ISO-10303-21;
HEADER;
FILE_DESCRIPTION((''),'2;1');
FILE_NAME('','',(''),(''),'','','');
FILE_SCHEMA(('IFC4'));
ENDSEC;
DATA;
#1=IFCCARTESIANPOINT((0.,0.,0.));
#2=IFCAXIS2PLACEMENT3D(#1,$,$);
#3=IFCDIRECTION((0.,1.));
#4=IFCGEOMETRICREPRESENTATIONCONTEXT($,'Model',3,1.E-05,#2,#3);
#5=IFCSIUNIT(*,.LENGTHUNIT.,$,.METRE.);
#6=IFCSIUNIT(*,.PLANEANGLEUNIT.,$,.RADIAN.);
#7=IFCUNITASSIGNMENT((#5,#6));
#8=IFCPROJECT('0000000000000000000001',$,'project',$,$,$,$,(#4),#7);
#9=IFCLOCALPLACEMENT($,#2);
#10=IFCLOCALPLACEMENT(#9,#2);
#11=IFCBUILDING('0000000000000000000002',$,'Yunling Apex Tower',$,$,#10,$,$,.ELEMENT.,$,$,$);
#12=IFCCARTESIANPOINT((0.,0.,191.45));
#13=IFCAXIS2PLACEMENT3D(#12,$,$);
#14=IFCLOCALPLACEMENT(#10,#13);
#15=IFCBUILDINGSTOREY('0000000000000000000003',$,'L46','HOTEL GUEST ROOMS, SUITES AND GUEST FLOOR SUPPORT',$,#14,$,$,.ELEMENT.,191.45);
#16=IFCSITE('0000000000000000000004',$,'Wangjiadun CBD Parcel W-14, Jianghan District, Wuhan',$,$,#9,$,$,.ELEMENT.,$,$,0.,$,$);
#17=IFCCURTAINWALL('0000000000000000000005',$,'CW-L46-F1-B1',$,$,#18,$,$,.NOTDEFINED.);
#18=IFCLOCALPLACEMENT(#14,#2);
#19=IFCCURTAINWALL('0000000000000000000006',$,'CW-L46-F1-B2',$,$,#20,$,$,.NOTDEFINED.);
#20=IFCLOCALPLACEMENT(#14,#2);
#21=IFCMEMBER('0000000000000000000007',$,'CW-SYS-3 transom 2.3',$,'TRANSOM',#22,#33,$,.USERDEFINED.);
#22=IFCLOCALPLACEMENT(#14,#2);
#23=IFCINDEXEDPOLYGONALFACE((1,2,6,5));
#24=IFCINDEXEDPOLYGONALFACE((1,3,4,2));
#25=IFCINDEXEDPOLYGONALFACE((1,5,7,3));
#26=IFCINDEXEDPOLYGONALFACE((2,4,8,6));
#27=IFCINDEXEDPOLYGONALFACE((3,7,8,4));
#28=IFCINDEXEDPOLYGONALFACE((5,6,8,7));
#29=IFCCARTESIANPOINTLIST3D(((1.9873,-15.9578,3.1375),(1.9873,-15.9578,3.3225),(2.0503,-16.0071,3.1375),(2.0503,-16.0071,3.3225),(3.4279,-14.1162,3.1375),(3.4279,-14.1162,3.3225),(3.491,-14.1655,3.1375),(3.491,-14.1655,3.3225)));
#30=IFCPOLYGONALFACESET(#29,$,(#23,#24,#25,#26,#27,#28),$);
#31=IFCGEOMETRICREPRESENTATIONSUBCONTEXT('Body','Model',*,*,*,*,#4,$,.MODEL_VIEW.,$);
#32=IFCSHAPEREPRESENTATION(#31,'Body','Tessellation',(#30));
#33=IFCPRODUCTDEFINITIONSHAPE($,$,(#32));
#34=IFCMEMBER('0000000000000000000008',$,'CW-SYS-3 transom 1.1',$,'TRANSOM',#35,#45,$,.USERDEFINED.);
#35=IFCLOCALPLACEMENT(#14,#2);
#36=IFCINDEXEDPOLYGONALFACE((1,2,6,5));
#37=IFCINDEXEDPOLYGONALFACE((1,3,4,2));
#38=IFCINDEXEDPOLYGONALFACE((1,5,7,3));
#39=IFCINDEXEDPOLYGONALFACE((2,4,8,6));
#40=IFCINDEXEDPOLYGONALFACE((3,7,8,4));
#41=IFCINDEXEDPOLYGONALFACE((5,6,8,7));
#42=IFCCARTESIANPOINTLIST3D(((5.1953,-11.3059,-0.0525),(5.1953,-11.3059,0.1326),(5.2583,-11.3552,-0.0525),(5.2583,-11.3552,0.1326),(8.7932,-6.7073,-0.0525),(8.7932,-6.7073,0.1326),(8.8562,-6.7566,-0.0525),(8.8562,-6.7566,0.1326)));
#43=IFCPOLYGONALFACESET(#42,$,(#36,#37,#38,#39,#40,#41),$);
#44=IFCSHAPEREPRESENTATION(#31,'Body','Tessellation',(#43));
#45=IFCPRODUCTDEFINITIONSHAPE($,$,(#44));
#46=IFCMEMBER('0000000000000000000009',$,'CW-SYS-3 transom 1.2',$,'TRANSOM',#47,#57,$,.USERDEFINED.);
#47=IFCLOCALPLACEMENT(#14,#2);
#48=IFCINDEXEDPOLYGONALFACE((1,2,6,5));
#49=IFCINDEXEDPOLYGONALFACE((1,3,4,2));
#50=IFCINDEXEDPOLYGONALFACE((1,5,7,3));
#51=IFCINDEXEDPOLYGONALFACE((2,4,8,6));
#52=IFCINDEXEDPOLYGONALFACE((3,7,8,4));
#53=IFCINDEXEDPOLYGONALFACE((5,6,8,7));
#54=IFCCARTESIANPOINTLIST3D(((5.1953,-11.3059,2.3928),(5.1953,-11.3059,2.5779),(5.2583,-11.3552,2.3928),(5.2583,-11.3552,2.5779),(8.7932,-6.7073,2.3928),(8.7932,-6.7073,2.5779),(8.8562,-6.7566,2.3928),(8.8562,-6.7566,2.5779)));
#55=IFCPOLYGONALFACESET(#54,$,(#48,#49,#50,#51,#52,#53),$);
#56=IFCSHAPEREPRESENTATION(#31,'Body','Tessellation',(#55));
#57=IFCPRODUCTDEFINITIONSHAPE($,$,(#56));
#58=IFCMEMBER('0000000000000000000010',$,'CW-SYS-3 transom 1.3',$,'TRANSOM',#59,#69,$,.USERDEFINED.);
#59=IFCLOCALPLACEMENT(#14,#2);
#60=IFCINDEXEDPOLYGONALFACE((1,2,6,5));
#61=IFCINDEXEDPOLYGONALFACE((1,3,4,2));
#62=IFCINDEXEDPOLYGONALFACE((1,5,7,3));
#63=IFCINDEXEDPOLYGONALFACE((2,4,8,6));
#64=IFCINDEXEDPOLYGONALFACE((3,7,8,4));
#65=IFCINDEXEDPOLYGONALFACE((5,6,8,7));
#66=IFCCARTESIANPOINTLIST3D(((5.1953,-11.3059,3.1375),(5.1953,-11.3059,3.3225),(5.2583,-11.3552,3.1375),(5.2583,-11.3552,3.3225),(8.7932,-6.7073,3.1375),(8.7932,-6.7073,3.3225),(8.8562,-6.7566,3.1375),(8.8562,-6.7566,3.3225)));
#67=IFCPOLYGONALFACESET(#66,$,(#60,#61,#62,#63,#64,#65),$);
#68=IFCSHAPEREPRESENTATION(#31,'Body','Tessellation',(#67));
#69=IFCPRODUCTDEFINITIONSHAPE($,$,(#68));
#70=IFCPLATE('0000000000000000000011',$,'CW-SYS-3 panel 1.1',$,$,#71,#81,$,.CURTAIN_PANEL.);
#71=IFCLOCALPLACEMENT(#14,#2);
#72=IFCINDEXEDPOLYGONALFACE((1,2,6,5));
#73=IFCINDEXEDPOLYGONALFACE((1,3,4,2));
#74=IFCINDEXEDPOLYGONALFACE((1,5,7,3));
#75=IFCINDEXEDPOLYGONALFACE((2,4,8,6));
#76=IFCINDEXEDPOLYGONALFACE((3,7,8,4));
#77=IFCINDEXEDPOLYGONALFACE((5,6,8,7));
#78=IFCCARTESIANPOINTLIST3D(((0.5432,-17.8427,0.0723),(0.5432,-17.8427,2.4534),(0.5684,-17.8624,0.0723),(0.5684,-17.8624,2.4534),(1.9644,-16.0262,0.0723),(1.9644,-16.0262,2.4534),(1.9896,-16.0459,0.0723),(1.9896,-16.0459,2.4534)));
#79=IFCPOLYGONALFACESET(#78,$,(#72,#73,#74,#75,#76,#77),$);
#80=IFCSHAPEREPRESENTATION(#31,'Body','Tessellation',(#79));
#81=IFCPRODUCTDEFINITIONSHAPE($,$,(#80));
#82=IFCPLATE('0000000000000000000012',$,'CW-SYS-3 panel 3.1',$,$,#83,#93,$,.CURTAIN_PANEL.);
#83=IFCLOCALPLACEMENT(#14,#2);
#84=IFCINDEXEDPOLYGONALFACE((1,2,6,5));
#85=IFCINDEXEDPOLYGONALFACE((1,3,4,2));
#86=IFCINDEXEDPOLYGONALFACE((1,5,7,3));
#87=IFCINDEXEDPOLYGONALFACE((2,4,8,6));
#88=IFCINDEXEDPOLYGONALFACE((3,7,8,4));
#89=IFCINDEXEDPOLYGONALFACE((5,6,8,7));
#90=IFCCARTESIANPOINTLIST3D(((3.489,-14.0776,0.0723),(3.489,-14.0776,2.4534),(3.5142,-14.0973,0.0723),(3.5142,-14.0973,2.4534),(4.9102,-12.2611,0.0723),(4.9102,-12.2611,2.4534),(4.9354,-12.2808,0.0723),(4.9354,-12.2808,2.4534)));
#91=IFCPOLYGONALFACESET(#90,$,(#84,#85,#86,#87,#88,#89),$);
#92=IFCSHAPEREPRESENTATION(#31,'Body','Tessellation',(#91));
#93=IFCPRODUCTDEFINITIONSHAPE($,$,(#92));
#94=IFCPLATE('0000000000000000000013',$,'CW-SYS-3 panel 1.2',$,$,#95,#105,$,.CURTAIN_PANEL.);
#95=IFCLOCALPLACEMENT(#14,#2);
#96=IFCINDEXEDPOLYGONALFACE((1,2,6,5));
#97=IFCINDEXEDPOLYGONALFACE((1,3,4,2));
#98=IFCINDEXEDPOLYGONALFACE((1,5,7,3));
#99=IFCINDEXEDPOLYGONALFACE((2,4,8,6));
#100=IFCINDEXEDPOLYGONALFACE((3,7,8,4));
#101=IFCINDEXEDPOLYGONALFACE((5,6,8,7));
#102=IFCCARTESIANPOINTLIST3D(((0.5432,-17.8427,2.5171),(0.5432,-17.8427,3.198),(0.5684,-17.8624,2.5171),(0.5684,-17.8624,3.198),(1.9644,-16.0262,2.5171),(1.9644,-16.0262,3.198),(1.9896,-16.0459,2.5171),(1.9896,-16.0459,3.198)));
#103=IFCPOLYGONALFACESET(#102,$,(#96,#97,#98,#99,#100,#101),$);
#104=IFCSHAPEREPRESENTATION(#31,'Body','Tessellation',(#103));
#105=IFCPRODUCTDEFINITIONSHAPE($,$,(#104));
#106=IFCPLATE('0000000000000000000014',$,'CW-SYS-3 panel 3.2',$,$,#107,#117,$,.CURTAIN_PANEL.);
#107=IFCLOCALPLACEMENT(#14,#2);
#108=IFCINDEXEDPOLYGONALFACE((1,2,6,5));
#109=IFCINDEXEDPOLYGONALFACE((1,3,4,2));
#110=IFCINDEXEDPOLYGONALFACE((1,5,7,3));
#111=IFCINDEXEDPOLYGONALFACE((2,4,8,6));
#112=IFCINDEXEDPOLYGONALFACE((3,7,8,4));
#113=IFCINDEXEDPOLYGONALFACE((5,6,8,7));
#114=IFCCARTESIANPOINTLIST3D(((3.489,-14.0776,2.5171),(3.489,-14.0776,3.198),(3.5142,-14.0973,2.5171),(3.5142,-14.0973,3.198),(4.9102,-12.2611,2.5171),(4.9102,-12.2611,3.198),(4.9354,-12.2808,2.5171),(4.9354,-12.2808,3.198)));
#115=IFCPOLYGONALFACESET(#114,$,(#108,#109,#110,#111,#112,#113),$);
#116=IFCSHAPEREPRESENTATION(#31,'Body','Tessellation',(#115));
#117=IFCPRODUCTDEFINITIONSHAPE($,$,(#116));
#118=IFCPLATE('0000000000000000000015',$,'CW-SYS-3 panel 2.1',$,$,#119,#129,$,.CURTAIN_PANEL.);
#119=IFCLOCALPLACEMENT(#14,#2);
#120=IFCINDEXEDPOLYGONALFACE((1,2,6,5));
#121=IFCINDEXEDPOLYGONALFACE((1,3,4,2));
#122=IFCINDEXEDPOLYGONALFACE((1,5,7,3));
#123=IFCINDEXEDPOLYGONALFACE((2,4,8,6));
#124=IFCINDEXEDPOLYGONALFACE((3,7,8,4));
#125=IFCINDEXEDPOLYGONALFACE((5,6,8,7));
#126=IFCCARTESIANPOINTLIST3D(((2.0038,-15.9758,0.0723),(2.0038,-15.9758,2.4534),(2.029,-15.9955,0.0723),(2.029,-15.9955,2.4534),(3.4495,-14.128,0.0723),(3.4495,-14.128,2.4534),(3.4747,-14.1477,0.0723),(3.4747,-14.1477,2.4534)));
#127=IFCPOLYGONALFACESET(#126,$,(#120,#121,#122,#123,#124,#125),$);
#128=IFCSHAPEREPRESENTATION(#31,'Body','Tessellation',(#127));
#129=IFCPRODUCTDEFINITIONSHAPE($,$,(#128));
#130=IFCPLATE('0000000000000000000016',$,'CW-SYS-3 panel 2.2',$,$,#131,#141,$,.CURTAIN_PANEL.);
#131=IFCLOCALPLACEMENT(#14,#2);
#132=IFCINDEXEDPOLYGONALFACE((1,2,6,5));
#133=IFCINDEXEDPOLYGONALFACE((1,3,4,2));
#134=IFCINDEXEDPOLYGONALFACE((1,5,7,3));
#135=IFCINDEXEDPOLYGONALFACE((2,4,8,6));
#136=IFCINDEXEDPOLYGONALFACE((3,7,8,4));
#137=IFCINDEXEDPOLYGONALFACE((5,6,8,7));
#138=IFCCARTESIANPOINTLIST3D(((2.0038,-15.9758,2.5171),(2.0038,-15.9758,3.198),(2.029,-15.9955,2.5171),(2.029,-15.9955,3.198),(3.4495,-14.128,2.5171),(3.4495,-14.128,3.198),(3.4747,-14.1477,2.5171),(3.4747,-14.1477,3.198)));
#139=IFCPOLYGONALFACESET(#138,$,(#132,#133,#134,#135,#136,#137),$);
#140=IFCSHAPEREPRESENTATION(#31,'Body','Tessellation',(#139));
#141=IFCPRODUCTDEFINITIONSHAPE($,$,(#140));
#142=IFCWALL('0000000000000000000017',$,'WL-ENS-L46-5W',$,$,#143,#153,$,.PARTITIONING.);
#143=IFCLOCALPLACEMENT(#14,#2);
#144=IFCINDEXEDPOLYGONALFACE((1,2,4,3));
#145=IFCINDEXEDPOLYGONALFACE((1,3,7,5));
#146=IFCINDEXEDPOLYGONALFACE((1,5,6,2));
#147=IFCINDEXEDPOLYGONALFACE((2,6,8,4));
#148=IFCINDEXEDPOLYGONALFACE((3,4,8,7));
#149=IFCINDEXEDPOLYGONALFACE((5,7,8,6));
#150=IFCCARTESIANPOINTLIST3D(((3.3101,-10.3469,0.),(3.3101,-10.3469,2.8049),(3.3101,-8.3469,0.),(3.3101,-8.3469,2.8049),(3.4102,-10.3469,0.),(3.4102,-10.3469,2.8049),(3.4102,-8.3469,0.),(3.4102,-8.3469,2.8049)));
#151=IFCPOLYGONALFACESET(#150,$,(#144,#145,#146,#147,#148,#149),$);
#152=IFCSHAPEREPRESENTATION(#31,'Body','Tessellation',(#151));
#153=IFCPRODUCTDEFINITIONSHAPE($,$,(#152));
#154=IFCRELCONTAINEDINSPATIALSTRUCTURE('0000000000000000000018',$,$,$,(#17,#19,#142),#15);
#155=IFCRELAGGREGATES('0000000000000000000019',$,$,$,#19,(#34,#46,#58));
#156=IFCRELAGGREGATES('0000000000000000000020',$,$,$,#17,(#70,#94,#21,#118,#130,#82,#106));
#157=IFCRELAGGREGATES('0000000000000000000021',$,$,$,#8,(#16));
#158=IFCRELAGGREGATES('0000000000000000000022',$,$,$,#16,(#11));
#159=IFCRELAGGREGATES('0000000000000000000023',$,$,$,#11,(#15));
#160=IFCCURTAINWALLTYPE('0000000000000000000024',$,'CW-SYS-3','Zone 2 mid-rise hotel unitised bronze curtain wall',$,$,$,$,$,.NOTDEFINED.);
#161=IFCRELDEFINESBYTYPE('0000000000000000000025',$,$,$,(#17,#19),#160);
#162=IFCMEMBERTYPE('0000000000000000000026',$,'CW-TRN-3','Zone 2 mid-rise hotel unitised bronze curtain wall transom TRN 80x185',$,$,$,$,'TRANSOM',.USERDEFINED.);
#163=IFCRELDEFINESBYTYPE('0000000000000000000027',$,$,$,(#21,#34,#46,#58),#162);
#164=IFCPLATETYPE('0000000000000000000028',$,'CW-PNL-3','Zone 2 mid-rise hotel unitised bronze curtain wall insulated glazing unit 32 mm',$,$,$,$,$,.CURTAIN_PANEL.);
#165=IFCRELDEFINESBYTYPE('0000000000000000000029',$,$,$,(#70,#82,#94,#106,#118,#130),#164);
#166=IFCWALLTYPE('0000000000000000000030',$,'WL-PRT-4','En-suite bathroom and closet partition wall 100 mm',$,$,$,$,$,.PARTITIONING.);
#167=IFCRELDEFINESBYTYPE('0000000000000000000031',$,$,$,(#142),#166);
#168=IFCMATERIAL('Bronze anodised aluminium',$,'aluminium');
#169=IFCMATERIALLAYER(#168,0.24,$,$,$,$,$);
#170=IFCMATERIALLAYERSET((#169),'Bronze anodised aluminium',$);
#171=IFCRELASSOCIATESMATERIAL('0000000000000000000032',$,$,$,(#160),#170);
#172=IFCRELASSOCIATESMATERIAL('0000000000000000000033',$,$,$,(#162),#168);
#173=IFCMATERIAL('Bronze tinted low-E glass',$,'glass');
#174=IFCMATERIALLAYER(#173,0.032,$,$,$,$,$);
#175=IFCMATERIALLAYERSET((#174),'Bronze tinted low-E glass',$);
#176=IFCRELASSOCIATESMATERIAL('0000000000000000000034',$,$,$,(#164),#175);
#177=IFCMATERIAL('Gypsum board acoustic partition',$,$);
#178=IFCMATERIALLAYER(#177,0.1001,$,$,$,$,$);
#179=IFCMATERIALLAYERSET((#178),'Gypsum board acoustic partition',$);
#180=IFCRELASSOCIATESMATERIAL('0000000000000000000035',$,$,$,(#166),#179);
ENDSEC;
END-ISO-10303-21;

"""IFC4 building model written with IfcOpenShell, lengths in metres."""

from ifc_helpers import new_model, si_unit, direction, frame, frame_2d, origin, origin_2d, place, context, subcontext, project, spatial, rectangle, extrude, source, transform, mapped, material, layer, layer_set, material_profile, profile_set, type_object, element, aggregate, save


model = new_model("IFC4")

# Units and contexts
model_context = context("Model", 3, precision=1e-05, world=origin(), true_north=direction((0.0, 1.0)))
body_context = subcontext(model_context, "Body", "Model", "MODEL_VIEW")
ifc_project = project(units=[si_unit("LENGTHUNIT", "METRE"), si_unit("PLANEANGLEUNIT", "RADIAN")], contexts=[model_context])

# Site, building, storey
site_placement = place(None, origin())
site = spatial("IfcSite", under=ifc_project, at=site_placement, Name="Wangjiadun CBD Parcel W-14, Jianghan District, Wuhan", CompositionType="ELEMENT", RefElevation=0.0)
building_placement = place(site_placement, origin())
building = spatial("IfcBuilding", under=site, at=building_placement, Name="Yunling Apex Tower", CompositionType="ELEMENT")
storey_placement = place(building_placement, frame((0.0, 0.0, 191.45)))
storey = spatial("IfcBuildingStorey", under=building, at=storey_placement, Name="L46", Description="HOTEL GUEST ROOMS, SUITES AND GUEST FLOOR SUPPORT", CompositionType="ELEMENT", Elevation=191.45)

# Curtain wall
ifc_material_1 = material(Name="Bronze anodised aluminium", Category="aluminium")
ifc_layer_1 = layer(ifc_material_1, 0.24)
ifc_layer_set_1 = layer_set([ifc_layer_1], Name="Bronze anodised aluminium")
curtain_wall_type = type_object("IfcCurtainWallType", Name="CW-SYS-3", Description="Zone 2 mid-rise hotel unitised bronze curtain wall", PredefinedType="NOTDEFINED", material=ifc_layer_set_1)
curtain_wall_1_placement = place(storey_placement, origin())
curtain_wall_1 = element("IfcCurtainWall", 1, at=curtain_wall_1_placement, inside=storey, type_object=curtain_wall_type, Name="CW-L46-F1-B1", PredefinedType="NOTDEFINED")

# Curtain wall
curtain_wall_2_placement = place(storey_placement, origin())
curtain_wall_2 = element("IfcCurtainWall", 2, at=curtain_wall_2_placement, inside=storey, type_object=curtain_wall_type, Name="CW-L46-F1-B2", PredefinedType="NOTDEFINED")

# Members
ifc_material_profile_1 = material_profile(ifc_material_1, rectangle(XDim=0.0801, YDim=0.1851, at=origin_2d()))
ifc_profile_set_1 = profile_set([ifc_material_profile_1], Name="Bronze anodised aluminium")
member_type_1 = type_object("IfcMemberType", Name="CW-TRN-3", Description="Zone 2 mid-rise hotel unitised bronze curtain wall transom TRN 80x185", ElementType="TRANSOM", PredefinedType="USERDEFINED", material=ifc_profile_set_1)
shared_shape_1 = source(origin(), body_context, "Body", "SweptSolid", [
    extrude(rectangle(XDim=0.0801, YDim=0.1851, at=origin_2d()), origin(), (0.0, 0.0, 1.0), 2.3381),
])
member_1_placement = place(storey_placement, frame((2.0188, -15.9824, 3.23), z_axis=(0.616165, 0.787617, 0.0), x_axis=(-0.787617, 0.616165, 0.0)))
member_1 = element("IfcMember", 3, at=member_1_placement, type_object=member_type_1, Name="CW-SYS-3 transom 2.3", ObjectType="TRANSOM", PredefinedType="USERDEFINED", context=body_context, shape_type="MappedRepresentation", body=[
    mapped(shared_shape_1, transform((0.0, 0.0, 0.0), scale=1.0)),
])
shared_shape_2 = source(origin(), body_context, "Body", "SweptSolid", [
    extrude(rectangle(XDim=0.0801, YDim=0.1851, at=origin_2d()), origin(), (0.0, 0.0, 1.0), 5.8389),
])
member_2_placement = place(storey_placement, frame((5.2268, -11.3306, 0.04), z_axis=(0.616199, 0.787591, 0.0), x_axis=(-0.787591, 0.616199, 0.0)))
member_2 = element("IfcMember", 4, at=member_2_placement, type_object=member_type_1, Name="CW-SYS-3 transom 1.1", ObjectType="TRANSOM", PredefinedType="USERDEFINED", context=body_context, shape_type="MappedRepresentation", body=[
    mapped(shared_shape_2, transform((0.0, 0.0, 0.0), scale=1.0)),
])
member_3_placement = place(storey_placement, frame((5.2268, -11.3306, 2.4854), z_axis=(0.616199, 0.787591, 0.0), x_axis=(-0.787591, 0.616199, 0.0)))
member_3 = element("IfcMember", 5, at=member_3_placement, type_object=member_type_1, Name="CW-SYS-3 transom 1.2", ObjectType="TRANSOM", PredefinedType="USERDEFINED", context=body_context, shape_type="MappedRepresentation", body=[
    mapped(shared_shape_2, transform((0.0, 0.0, 0.0), scale=1.0)),
])
member_4_placement = place(storey_placement, frame((5.2268, -11.3306, 3.23), z_axis=(0.616199, 0.787591, 0.0), x_axis=(-0.787591, 0.616199, 0.0)))
member_4 = element("IfcMember", 6, at=member_4_placement, type_object=member_type_1, Name="CW-SYS-3 transom 1.3", ObjectType="TRANSOM", PredefinedType="USERDEFINED", context=body_context, shape_type="MappedRepresentation", body=[
    mapped(shared_shape_2, transform((0.0, 0.0, 0.0), scale=1.0)),
])
aggregate(curtain_wall_2, [member_2, member_3, member_4])

# Plates
ifc_material_2 = material(Name="Bronze tinted low-E glass", Category="glass")
ifc_layer_2 = layer(ifc_material_2, 0.032)
ifc_layer_set_2 = layer_set([ifc_layer_2], Name="Bronze tinted low-E glass")
plate_type = type_object("IfcPlateType", Name="CW-PNL-3", Description="Zone 2 mid-rise hotel unitised bronze curtain wall insulated glazing unit 32 mm", PredefinedType="CURTAIN_PANEL", material=ifc_layer_set_2)
shared_shape_3 = source(origin(), body_context, "Body", "SweptSolid", [
    extrude(rectangle(XDim=2.3064, YDim=0.032, at=origin_2d()), origin(), (0.0, 0.0, 1.0), 2.3811),
])
plate_1_placement = place(storey_placement, frame((1.2664, -16.9443, 0.0723), z_axis=(0.0, 0.0, 1.0), x_axis=(0.6162, 0.787589, 0.0)))
plate_1 = element("IfcPlate", 7, at=plate_1_placement, type_object=plate_type, Name="CW-SYS-3 panel 1.1", PredefinedType="CURTAIN_PANEL", context=body_context, shape_type="MappedRepresentation", body=[
    mapped(shared_shape_3, transform((0.0, 0.0, 0.0), scale=1.0)),
])
plate_2_placement = place(storey_placement, frame((4.2122, -13.1792, 0.0723), z_axis=(0.0, 0.0, 1.0), x_axis=(0.6162, 0.787589, 0.0)))
plate_2 = element("IfcPlate", 8, at=plate_2_placement, type_object=plate_type, Name="CW-SYS-3 panel 3.1", PredefinedType="CURTAIN_PANEL", context=body_context, shape_type="MappedRepresentation", body=[
    mapped(shared_shape_3, transform((0.0, 0.0, 0.0), scale=1.0)),
])
shared_shape_4 = source(origin(), body_context, "Body", "SweptSolid", [
    extrude(rectangle(XDim=2.3064, YDim=0.032, at=origin_2d()), origin(), (0.0, 0.0, 1.0), 0.6809),
])
plate_3_placement = place(storey_placement, frame((1.2664, -16.9443, 2.5171), z_axis=(0.0, 0.0, 1.0), x_axis=(0.6162, 0.787589, 0.0)))
plate_3 = element("IfcPlate", 9, at=plate_3_placement, type_object=plate_type, Name="CW-SYS-3 panel 1.2", PredefinedType="CURTAIN_PANEL", context=body_context, shape_type="MappedRepresentation", body=[
    mapped(shared_shape_4, transform((0.0, 0.0, 0.0), scale=1.0)),
])
plate_4_placement = place(storey_placement, frame((4.2122, -13.1792, 2.5171), z_axis=(0.0, 0.0, 1.0), x_axis=(0.6162, 0.787589, 0.0)))
plate_4 = element("IfcPlate", 10, at=plate_4_placement, type_object=plate_type, Name="CW-SYS-3 panel 3.2", PredefinedType="CURTAIN_PANEL", context=body_context, shape_type="MappedRepresentation", body=[
    mapped(shared_shape_4, transform((0.0, 0.0, 0.0), scale=1.0)),
])
shared_shape_5 = source(origin(), body_context, "Body", "SweptSolid", [
    extrude(rectangle(XDim=2.3462, YDim=0.032, at=origin_2d()), origin(), (0.0, 0.0, 1.0), 2.3811),
])
plate_5_placement = place(storey_placement, frame((2.7393, -15.0618, 0.0723), z_axis=(0.0, 0.0, 1.0), x_axis=(0.6162, 0.787589, 0.0)))
plate_5 = element("IfcPlate", 11, at=plate_5_placement, type_object=plate_type, Name="CW-SYS-3 panel 2.1", PredefinedType="CURTAIN_PANEL", context=body_context, shape_type="MappedRepresentation", body=[
    mapped(shared_shape_5, transform((0.0, 0.0, 0.0), scale=1.0)),
])
shared_shape_6 = source(origin(), body_context, "Body", "SweptSolid", [
    extrude(rectangle(XDim=2.3462, YDim=0.032, at=origin_2d()), origin(), (0.0, 0.0, 1.0), 0.6809),
])
plate_6_placement = place(storey_placement, frame((2.7393, -15.0618, 2.5171), z_axis=(0.0, 0.0, 1.0), x_axis=(0.6162, 0.787589, 0.0)))
plate_6 = element("IfcPlate", 12, at=plate_6_placement, type_object=plate_type, Name="CW-SYS-3 panel 2.2", PredefinedType="CURTAIN_PANEL", context=body_context, shape_type="MappedRepresentation", body=[
    mapped(shared_shape_6, transform((0.0, 0.0, 0.0), scale=1.0)),
])
aggregate(curtain_wall_1, [plate_1, plate_3, member_1, plate_5, plate_6, plate_2, plate_4])

# Wall
ifc_material_3 = material(Name="Gypsum board acoustic partition")
ifc_layer_3 = layer(ifc_material_3, 0.1001)
ifc_layer_set_3 = layer_set([ifc_layer_3], Name="Gypsum board acoustic partition")
wall_type = type_object("IfcWallType", Name="WL-PRT-4", Description="En-suite bathroom and closet partition wall 100 mm", PredefinedType="PARTITIONING", material=ifc_layer_set_3)
wall_placement = place(storey_placement, frame((3.3601, -10.3469, 0.0), z_axis=(0.0, 0.0, 1.0), x_axis=(0.0, 1.0, 0.0)))
element("IfcWall", 13, at=wall_placement, inside=storey, type_object=wall_type, Name="WL-ENS-L46-5W", PredefinedType="PARTITIONING", context=body_context, shape_type="SweptSolid", body=[
    extrude(rectangle(XDim=2.0, YDim=0.1001, at=frame_2d((1.0, 0.0))), origin(), (0.0, 0.0, 1.0), 2.8049),
])

save(model, "model.ifc")
